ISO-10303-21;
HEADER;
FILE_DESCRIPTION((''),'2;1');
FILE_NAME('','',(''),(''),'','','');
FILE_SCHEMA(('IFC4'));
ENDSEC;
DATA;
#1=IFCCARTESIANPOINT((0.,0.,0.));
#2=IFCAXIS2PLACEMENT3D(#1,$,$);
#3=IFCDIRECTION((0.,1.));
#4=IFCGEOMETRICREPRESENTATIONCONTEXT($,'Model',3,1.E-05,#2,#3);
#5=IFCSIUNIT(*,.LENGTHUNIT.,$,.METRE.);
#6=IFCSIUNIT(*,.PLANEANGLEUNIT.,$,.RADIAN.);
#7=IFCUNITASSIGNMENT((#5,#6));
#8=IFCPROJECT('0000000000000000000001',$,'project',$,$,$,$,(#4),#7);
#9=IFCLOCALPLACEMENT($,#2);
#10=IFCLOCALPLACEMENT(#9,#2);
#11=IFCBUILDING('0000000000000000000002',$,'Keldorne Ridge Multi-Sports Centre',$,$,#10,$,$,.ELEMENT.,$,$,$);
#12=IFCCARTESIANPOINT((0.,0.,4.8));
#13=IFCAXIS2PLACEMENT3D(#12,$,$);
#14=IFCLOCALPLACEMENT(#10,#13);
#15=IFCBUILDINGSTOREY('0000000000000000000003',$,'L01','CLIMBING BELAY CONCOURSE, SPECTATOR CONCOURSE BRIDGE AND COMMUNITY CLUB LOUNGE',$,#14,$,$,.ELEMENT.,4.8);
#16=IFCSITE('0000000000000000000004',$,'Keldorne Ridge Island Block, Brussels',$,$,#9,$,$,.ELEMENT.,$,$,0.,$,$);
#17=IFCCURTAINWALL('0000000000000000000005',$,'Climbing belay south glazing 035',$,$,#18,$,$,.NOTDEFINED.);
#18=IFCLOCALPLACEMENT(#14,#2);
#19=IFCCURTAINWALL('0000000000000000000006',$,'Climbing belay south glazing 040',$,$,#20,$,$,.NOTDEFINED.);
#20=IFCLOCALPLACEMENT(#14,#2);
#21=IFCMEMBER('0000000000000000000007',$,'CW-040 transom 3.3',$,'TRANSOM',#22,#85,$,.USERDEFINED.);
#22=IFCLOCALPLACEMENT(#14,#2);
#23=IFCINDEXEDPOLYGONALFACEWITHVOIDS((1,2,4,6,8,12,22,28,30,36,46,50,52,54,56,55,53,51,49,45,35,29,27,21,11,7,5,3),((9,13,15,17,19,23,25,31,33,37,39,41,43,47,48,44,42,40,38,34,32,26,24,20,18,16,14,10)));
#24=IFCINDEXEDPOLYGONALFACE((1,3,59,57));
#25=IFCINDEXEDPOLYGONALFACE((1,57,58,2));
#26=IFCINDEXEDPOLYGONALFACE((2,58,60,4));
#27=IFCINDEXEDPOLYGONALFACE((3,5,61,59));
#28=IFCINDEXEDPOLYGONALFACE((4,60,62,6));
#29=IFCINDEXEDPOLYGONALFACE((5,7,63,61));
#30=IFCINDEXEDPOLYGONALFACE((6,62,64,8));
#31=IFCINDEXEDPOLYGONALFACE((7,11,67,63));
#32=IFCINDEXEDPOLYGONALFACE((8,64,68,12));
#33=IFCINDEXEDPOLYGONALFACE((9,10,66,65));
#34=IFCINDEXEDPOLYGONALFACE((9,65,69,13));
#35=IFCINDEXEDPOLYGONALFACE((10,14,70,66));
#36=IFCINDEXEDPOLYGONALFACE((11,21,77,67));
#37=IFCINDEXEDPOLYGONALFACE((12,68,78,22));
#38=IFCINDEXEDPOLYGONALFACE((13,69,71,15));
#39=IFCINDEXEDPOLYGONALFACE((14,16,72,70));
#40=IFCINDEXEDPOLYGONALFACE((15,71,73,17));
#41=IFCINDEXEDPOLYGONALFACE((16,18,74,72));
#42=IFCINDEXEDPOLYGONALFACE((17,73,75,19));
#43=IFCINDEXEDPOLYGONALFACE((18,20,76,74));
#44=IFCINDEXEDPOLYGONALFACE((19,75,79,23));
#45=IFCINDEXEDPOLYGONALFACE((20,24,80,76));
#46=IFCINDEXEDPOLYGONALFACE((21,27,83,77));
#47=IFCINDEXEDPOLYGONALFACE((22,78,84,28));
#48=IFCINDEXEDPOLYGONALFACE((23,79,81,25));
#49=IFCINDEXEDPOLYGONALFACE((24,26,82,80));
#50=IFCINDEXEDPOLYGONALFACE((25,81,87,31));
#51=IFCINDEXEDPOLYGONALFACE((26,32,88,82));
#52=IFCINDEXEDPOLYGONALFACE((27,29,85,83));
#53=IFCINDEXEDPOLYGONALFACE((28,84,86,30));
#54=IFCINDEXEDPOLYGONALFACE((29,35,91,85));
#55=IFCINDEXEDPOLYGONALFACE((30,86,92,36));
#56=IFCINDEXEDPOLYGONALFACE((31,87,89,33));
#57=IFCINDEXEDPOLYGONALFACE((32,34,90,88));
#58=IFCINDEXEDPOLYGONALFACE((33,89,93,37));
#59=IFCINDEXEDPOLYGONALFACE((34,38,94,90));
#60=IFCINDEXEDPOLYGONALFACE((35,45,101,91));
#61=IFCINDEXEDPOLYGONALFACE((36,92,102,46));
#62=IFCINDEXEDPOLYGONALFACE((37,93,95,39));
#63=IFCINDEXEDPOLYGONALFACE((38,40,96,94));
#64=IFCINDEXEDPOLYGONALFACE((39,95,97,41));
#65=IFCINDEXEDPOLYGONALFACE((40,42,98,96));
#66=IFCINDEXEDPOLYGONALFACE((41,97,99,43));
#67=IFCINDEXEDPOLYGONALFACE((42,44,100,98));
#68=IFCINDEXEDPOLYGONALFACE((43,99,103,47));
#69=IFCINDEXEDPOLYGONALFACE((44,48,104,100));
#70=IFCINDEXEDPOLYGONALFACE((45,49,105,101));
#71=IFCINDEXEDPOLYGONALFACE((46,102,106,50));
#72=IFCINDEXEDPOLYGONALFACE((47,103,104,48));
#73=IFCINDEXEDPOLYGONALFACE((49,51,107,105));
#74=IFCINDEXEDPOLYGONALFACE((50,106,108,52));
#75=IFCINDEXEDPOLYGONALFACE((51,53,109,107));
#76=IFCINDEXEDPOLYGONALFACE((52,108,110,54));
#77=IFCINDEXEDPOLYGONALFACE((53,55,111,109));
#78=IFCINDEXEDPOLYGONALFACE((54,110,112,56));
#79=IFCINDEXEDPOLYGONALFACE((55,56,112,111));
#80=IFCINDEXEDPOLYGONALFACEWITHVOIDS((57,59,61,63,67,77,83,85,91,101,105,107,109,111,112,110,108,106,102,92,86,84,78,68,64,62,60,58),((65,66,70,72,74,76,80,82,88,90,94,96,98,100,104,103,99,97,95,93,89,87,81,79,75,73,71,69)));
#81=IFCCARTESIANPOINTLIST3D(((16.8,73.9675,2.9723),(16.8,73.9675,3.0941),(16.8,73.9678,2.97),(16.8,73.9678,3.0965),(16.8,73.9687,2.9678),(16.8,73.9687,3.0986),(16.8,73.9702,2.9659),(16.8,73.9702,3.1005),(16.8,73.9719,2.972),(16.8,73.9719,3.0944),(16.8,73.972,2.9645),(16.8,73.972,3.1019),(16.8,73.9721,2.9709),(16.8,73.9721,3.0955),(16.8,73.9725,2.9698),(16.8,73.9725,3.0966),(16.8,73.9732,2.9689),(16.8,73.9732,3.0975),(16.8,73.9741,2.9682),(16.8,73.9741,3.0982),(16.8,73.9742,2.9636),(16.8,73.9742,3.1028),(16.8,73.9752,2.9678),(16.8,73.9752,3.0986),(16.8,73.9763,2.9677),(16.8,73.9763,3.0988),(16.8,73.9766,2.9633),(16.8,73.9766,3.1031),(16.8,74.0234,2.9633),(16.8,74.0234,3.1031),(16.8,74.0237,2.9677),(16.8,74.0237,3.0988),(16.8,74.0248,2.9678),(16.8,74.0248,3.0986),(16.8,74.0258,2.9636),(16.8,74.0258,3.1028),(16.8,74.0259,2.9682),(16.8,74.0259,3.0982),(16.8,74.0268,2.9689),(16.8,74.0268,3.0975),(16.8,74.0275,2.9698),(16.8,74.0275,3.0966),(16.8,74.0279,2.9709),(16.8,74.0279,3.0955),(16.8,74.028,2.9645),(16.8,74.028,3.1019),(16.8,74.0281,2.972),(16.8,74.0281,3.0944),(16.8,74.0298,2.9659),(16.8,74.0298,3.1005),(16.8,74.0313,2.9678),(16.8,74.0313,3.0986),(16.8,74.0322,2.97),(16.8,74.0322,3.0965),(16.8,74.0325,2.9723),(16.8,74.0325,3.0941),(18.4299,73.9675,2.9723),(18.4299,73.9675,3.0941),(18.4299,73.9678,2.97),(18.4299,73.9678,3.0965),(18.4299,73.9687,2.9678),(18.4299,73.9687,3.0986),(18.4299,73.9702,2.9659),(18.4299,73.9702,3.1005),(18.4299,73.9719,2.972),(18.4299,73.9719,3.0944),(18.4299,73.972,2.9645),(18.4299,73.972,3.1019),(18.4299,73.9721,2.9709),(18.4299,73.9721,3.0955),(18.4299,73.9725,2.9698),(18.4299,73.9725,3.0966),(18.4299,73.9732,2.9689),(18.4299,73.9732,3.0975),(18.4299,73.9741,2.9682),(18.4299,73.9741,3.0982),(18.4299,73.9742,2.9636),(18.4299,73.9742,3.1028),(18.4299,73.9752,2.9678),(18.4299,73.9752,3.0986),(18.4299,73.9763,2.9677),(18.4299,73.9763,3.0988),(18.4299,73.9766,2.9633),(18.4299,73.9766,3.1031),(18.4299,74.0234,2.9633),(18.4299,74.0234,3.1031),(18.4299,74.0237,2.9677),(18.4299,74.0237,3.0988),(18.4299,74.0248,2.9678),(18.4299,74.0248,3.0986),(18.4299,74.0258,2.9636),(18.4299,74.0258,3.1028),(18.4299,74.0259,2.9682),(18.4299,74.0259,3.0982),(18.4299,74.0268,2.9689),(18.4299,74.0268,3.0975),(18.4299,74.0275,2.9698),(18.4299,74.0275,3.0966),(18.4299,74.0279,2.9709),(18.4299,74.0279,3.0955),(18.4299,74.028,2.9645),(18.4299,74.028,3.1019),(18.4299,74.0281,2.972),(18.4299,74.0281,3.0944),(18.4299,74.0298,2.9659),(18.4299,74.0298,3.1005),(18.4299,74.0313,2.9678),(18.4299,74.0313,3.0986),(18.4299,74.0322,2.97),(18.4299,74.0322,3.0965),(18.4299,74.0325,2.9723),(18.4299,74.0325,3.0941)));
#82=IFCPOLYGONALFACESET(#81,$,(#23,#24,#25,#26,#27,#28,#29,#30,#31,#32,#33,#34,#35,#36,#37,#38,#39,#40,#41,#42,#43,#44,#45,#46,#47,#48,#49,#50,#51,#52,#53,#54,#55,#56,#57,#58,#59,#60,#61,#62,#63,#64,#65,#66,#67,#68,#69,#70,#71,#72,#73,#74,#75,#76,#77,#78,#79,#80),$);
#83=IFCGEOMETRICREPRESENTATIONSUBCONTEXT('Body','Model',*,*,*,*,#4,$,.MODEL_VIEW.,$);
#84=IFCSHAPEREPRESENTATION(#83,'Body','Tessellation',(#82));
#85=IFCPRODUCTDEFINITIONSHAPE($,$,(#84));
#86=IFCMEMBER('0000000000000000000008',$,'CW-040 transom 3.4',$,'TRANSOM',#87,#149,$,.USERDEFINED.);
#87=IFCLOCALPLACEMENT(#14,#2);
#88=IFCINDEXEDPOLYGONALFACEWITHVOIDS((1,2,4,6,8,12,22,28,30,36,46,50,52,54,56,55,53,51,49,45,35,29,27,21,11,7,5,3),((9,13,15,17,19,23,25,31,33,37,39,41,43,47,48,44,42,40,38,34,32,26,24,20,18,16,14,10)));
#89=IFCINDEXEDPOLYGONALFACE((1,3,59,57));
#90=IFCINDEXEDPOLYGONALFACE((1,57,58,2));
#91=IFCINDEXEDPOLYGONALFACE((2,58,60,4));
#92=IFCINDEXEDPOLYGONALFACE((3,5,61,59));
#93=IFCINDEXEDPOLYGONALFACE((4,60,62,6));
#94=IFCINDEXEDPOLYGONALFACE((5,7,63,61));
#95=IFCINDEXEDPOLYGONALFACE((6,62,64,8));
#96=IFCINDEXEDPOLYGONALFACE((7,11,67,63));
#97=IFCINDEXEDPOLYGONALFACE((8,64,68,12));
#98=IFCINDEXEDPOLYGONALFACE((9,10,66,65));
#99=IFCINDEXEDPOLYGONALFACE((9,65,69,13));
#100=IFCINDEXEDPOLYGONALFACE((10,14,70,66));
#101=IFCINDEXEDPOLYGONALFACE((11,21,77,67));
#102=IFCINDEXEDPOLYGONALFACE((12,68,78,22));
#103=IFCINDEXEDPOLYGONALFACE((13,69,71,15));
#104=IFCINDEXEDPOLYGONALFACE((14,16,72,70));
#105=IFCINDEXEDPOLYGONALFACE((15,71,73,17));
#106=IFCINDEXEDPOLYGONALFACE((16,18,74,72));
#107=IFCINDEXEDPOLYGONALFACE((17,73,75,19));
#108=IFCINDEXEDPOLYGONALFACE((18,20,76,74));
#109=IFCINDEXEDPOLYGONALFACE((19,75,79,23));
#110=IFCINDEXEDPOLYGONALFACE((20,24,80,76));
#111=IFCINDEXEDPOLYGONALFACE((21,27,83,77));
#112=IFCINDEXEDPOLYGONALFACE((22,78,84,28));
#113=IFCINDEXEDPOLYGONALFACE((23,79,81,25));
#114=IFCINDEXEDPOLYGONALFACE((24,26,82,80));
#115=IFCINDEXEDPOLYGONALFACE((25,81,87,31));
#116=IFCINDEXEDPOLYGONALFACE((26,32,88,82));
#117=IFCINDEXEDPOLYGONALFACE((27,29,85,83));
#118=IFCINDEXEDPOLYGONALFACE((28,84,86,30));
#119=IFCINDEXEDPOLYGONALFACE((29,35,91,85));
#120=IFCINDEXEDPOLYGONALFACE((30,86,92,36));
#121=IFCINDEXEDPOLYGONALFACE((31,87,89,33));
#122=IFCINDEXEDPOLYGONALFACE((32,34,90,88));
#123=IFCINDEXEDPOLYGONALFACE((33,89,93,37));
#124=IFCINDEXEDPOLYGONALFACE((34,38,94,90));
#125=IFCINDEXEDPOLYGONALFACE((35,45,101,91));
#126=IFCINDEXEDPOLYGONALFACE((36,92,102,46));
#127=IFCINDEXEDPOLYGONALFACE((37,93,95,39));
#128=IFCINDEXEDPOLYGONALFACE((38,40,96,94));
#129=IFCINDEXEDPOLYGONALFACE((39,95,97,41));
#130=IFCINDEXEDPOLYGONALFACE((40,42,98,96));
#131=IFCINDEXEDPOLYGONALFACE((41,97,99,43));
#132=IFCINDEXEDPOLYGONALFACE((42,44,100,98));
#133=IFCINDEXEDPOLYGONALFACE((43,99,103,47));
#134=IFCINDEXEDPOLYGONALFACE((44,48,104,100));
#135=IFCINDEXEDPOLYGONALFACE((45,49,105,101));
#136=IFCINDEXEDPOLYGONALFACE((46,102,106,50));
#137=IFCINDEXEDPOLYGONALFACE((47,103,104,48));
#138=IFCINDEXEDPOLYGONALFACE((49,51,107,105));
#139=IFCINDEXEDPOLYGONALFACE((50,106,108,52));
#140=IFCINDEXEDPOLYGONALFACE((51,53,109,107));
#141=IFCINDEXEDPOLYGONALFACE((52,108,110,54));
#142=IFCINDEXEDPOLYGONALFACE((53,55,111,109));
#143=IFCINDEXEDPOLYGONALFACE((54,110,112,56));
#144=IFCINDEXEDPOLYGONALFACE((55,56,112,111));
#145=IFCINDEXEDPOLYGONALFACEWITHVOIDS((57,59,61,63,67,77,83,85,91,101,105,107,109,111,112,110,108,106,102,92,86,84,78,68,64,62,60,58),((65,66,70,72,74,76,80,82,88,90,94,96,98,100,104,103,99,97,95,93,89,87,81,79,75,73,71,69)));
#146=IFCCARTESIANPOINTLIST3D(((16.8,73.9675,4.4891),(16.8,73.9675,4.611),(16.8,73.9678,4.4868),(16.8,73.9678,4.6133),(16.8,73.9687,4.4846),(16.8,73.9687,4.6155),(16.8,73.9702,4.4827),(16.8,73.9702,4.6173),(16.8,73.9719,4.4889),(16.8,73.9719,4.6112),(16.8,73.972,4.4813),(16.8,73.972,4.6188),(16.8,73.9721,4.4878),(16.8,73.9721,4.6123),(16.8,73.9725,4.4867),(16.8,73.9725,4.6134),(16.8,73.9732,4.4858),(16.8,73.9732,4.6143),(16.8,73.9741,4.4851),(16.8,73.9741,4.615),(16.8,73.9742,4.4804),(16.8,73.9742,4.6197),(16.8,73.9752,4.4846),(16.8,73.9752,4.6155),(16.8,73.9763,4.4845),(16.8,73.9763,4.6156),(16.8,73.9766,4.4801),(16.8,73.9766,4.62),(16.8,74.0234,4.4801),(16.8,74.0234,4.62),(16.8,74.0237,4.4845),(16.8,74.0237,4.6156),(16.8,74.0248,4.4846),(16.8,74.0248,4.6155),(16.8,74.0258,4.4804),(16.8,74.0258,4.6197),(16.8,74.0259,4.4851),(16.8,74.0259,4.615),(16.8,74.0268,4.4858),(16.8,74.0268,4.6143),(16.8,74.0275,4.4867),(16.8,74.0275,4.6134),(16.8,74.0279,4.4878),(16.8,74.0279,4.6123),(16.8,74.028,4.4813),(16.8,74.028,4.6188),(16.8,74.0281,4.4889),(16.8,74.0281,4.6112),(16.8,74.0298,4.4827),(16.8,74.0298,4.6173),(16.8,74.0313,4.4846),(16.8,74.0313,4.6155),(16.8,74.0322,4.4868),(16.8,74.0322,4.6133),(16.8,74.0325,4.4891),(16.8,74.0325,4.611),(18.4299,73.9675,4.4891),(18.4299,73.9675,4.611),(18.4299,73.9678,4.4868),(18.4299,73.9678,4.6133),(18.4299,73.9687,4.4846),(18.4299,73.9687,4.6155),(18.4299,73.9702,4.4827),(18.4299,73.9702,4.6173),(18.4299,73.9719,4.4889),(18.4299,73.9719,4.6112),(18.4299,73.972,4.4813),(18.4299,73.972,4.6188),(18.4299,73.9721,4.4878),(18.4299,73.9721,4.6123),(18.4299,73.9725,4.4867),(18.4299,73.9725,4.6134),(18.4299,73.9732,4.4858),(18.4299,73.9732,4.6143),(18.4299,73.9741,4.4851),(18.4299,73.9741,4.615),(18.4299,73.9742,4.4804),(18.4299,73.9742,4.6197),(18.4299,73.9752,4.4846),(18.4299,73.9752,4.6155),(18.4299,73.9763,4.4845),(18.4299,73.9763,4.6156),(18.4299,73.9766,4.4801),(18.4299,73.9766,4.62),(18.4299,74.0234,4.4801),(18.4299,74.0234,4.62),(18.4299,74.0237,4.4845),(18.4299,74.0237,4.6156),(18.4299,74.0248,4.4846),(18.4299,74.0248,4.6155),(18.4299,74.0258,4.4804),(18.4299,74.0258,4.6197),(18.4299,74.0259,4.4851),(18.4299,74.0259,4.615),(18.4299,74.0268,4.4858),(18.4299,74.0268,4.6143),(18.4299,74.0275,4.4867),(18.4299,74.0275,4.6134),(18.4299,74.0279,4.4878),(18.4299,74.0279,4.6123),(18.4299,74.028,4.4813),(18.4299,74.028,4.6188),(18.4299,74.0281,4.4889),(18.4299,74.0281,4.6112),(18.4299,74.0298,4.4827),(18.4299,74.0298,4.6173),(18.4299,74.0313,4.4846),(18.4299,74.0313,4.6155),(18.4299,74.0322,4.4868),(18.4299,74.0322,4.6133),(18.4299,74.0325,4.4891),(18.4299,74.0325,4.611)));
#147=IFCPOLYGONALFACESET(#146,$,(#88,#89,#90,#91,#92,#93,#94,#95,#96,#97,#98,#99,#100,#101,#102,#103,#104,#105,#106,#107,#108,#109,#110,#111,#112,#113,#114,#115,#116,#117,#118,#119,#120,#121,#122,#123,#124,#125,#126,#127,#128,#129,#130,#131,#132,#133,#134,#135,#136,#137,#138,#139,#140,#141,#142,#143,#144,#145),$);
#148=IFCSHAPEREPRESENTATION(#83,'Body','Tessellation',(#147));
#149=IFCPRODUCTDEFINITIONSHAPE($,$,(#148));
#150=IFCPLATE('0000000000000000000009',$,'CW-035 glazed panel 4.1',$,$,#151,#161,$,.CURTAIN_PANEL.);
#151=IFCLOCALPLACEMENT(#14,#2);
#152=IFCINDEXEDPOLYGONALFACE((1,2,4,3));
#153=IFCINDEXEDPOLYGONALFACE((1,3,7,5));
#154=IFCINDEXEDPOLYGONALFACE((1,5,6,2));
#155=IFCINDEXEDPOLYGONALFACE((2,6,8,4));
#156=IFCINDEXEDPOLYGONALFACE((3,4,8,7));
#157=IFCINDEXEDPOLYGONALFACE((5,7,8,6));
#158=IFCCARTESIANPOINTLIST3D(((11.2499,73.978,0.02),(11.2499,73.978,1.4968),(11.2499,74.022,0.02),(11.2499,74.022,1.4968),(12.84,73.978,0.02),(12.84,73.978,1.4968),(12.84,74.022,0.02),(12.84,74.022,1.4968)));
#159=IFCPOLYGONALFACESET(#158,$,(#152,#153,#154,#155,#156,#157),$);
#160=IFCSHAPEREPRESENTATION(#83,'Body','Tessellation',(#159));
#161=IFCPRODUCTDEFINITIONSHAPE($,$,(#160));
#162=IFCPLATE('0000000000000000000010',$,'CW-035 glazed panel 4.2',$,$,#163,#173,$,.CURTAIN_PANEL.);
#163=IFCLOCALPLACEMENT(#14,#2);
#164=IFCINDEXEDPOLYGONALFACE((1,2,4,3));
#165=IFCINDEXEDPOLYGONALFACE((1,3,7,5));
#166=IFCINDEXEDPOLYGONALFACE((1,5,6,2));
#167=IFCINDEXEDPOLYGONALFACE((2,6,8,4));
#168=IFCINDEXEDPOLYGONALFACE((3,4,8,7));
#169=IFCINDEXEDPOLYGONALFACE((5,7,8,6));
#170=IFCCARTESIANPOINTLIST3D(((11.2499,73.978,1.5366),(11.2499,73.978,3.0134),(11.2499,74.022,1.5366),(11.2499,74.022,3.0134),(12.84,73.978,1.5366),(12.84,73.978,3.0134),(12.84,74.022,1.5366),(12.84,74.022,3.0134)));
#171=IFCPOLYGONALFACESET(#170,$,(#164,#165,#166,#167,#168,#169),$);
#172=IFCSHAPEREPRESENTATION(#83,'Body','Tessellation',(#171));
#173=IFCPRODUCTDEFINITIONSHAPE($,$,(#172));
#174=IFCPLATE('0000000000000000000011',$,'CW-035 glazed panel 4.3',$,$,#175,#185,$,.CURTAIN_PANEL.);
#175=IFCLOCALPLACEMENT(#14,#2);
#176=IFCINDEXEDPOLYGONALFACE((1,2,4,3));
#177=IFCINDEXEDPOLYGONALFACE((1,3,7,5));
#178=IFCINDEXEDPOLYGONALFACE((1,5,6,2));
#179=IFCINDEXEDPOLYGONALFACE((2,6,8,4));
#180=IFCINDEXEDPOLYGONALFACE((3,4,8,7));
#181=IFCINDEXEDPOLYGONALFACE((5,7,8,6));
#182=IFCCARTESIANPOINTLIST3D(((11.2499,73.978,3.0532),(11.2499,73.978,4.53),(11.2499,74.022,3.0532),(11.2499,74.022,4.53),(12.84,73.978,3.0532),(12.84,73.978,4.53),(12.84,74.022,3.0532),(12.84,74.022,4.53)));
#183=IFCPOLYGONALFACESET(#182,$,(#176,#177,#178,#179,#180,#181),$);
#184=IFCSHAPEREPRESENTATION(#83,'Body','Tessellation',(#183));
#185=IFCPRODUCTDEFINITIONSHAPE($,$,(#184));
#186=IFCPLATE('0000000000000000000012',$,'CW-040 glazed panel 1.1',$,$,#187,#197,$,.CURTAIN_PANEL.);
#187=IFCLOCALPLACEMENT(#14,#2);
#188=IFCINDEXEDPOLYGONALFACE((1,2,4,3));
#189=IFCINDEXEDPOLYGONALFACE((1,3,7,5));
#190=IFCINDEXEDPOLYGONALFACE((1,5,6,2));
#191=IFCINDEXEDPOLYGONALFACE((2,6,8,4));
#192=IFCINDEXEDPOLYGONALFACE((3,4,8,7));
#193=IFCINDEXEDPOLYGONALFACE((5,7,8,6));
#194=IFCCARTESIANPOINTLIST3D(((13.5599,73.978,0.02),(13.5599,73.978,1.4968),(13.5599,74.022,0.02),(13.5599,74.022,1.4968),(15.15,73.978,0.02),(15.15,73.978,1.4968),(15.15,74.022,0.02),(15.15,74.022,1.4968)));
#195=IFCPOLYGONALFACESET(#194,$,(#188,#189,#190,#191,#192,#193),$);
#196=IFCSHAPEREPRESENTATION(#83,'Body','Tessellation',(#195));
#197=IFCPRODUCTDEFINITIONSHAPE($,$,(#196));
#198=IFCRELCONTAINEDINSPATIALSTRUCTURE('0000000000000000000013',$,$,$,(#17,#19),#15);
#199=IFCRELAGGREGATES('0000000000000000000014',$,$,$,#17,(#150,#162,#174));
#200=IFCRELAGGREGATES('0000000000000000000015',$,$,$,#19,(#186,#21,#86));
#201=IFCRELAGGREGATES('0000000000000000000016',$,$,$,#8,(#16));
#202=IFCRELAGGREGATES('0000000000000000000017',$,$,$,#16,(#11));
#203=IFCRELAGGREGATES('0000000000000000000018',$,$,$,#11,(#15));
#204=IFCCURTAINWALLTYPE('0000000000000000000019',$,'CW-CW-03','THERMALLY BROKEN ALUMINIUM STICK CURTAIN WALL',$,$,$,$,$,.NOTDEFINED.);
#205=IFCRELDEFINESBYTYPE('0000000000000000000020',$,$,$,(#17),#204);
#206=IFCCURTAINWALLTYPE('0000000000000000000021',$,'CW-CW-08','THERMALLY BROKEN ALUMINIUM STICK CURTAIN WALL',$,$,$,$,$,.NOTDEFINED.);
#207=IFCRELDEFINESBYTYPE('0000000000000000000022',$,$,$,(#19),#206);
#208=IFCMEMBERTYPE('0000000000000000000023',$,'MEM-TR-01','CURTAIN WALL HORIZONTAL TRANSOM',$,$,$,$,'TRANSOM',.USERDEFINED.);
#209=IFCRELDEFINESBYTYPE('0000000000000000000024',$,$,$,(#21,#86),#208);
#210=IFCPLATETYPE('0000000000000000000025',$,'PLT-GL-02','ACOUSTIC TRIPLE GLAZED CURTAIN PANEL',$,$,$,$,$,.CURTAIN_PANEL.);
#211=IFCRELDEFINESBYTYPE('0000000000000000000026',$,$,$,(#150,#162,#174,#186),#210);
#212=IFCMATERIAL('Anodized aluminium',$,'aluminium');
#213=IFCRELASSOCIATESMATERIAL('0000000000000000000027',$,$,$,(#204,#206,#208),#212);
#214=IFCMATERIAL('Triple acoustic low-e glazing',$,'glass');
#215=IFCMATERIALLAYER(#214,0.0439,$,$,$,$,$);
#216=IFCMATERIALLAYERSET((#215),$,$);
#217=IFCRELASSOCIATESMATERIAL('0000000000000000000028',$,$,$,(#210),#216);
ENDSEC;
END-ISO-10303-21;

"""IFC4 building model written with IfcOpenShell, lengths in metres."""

from ifc_helpers import new_model, si_unit, direction, frame, origin, origin_2d, place, context, subcontext, project, spatial, rectangle, hollow_rectangle, extrude, material, layer, layer_set, material_profile, profile_set, type_object, element, aggregate, save


model = new_model("IFC4")

# Units and contexts
model_context = context("Model", 3, precision=1e-05, world=origin(), true_north=direction((0.0, 1.0)))
body_context = subcontext(model_context, "Body", "Model", "MODEL_VIEW")
ifc_project = project(units=[si_unit("LENGTHUNIT", "METRE"), si_unit("PLANEANGLEUNIT", "RADIAN")], contexts=[model_context])

# Site, building, storey
site_placement = place(None, origin())
site = spatial("IfcSite", under=ifc_project, at=site_placement, Name="Keldorne Ridge Island Block, Brussels", CompositionType="ELEMENT", RefElevation=0.0)
building_placement = place(site_placement, origin())
building = spatial("IfcBuilding", under=site, at=building_placement, Name="Keldorne Ridge Multi-Sports Centre", CompositionType="ELEMENT")
storey_placement = place(building_placement, frame((0.0, 0.0, 4.8)))
storey = spatial("IfcBuildingStorey", under=building, at=storey_placement, Name="L01", Description="CLIMBING BELAY CONCOURSE, SPECTATOR CONCOURSE BRIDGE AND COMMUNITY CLUB LOUNGE", CompositionType="ELEMENT", Elevation=4.8)

# Curtain wall
ifc_material_1 = material(Name="Anodized aluminium", Category="aluminium")
curtain_wall_type_1 = type_object("IfcCurtainWallType", Name="CW-CW-03", Description="THERMALLY BROKEN ALUMINIUM STICK CURTAIN WALL", PredefinedType="NOTDEFINED", material=ifc_material_1)
curtain_wall_1_placement = place(storey_placement, origin())
curtain_wall_1 = element("IfcCurtainWall", 1, at=curtain_wall_1_placement, inside=storey, type_object=curtain_wall_type_1, Name="Climbing belay south glazing 035", PredefinedType="NOTDEFINED")

# Curtain wall
curtain_wall_type_2 = type_object("IfcCurtainWallType", Name="CW-CW-08", Description="THERMALLY BROKEN ALUMINIUM STICK CURTAIN WALL", PredefinedType="NOTDEFINED", material=ifc_material_1)
curtain_wall_2_placement = place(storey_placement, origin())
curtain_wall_2 = element("IfcCurtainWall", 2, at=curtain_wall_2_placement, inside=storey, type_object=curtain_wall_type_2, Name="Climbing belay south glazing 040", PredefinedType="NOTDEFINED")

# Members
ifc_material_profile_1 = material_profile(ifc_material_1, hollow_rectangle(XDim=0.0649, YDim=0.1399, WallThickness=0.0044, InnerFilletRadius=0.0044, OuterFilletRadius=0.009, at=origin_2d()), Name="ALU TRANSOM 140x65x4.5")
ifc_profile_set_1 = profile_set([ifc_material_profile_1], Name="Anodized aluminium")
member_type_1 = type_object("IfcMemberType", Name="MEM-TR-01", Description="CURTAIN WALL HORIZONTAL TRANSOM", ElementType="TRANSOM", PredefinedType="USERDEFINED", material=ifc_profile_set_1)
member_1_placement = place(storey_placement, frame((16.8, 74.0, 3.0332), z_axis=(1.0, 0.0, 0.0), x_axis=(0.0, 1.0, 0.0)))
member_1 = element("IfcMember", 3, at=member_1_placement, type_object=member_type_1, Name="CW-040 transom 3.3", ObjectType="TRANSOM", PredefinedType="USERDEFINED", context=body_context, shape_type="SweptSolid", body=[
    extrude(hollow_rectangle(XDim=0.0649, YDim=0.1399, WallThickness=0.0044, InnerFilletRadius=0.0044, OuterFilletRadius=0.009, at=origin_2d()), origin(), (0.0, 0.0, 1.0), 1.6299),
])
member_2_placement = place(storey_placement, frame((16.8, 74.0, 4.55), z_axis=(1.0, 0.0, 0.0), x_axis=(0.0, 1.0, 0.0)))
member_2 = element("IfcMember", 4, at=member_2_placement, type_object=member_type_1, Name="CW-040 transom 3.4", ObjectType="TRANSOM", PredefinedType="USERDEFINED", context=body_context, shape_type="SweptSolid", body=[
    extrude(hollow_rectangle(XDim=0.0649, YDim=0.1399, WallThickness=0.0044, InnerFilletRadius=0.0044, OuterFilletRadius=0.009, at=origin_2d()), origin(), (0.0, 0.0, 1.0), 1.6299),
])

# Plates
ifc_material_2 = material(Name="Triple acoustic low-e glazing", Category="glass")
ifc_layer = layer(ifc_material_2, 0.0439)
ifc_layer_set = layer_set([ifc_layer])
plate_type = type_object("IfcPlateType", Name="PLT-GL-02", Description="ACOUSTIC TRIPLE GLAZED CURTAIN PANEL", PredefinedType="CURTAIN_PANEL", material=ifc_layer_set)
plate_1_placement = place(storey_placement, frame((12.0449, 74.0, 0.02), z_axis=(0.0, 0.0, 1.0), x_axis=(1.0, 0.0, 0.0)))
plate_1 = element("IfcPlate", 5, at=plate_1_placement, type_object=plate_type, Name="CW-035 glazed panel 4.1", PredefinedType="CURTAIN_PANEL", context=body_context, shape_type="SweptSolid", body=[
    extrude(rectangle(XDim=1.5901, YDim=0.0439, at=origin_2d()), origin(), (0.0, 0.0, 1.0), 1.4768),
])
plate_2_placement = place(storey_placement, frame((12.0449, 74.0, 1.5366), z_axis=(0.0, 0.0, 1.0), x_axis=(1.0, 0.0, 0.0)))
plate_2 = element("IfcPlate", 6, at=plate_2_placement, type_object=plate_type, Name="CW-035 glazed panel 4.2", PredefinedType="CURTAIN_PANEL", context=body_context, shape_type="SweptSolid", body=[
    extrude(rectangle(XDim=1.5901, YDim=0.0439, at=origin_2d()), origin(), (0.0, 0.0, 1.0), 1.4768),
])
plate_3_placement = place(storey_placement, frame((12.0449, 74.0, 3.0532), z_axis=(0.0, 0.0, 1.0), x_axis=(1.0, 0.0, 0.0)))
plate_3 = element("IfcPlate", 7, at=plate_3_placement, type_object=plate_type, Name="CW-035 glazed panel 4.3", PredefinedType="CURTAIN_PANEL", context=body_context, shape_type="SweptSolid", body=[
    extrude(rectangle(XDim=1.5901, YDim=0.0439, at=origin_2d()), origin(), (0.0, 0.0, 1.0), 1.4768),
])
aggregate(curtain_wall_1, [plate_1, plate_2, plate_3])
plate_4_placement = place(storey_placement, frame((14.355, 74.0, 0.02), z_axis=(0.0, 0.0, 1.0), x_axis=(1.0, 0.0, 0.0)))
plate_4 = element("IfcPlate", 8, at=plate_4_placement, type_object=plate_type, Name="CW-040 glazed panel 1.1", PredefinedType="CURTAIN_PANEL", context=body_context, shape_type="SweptSolid", body=[
    extrude(rectangle(XDim=1.5901, YDim=0.0439, at=origin_2d()), origin(), (0.0, 0.0, 1.0), 1.4768),
])
aggregate(curtain_wall_2, [plate_4, member_1, member_2])

save(model, "model.ifc")
